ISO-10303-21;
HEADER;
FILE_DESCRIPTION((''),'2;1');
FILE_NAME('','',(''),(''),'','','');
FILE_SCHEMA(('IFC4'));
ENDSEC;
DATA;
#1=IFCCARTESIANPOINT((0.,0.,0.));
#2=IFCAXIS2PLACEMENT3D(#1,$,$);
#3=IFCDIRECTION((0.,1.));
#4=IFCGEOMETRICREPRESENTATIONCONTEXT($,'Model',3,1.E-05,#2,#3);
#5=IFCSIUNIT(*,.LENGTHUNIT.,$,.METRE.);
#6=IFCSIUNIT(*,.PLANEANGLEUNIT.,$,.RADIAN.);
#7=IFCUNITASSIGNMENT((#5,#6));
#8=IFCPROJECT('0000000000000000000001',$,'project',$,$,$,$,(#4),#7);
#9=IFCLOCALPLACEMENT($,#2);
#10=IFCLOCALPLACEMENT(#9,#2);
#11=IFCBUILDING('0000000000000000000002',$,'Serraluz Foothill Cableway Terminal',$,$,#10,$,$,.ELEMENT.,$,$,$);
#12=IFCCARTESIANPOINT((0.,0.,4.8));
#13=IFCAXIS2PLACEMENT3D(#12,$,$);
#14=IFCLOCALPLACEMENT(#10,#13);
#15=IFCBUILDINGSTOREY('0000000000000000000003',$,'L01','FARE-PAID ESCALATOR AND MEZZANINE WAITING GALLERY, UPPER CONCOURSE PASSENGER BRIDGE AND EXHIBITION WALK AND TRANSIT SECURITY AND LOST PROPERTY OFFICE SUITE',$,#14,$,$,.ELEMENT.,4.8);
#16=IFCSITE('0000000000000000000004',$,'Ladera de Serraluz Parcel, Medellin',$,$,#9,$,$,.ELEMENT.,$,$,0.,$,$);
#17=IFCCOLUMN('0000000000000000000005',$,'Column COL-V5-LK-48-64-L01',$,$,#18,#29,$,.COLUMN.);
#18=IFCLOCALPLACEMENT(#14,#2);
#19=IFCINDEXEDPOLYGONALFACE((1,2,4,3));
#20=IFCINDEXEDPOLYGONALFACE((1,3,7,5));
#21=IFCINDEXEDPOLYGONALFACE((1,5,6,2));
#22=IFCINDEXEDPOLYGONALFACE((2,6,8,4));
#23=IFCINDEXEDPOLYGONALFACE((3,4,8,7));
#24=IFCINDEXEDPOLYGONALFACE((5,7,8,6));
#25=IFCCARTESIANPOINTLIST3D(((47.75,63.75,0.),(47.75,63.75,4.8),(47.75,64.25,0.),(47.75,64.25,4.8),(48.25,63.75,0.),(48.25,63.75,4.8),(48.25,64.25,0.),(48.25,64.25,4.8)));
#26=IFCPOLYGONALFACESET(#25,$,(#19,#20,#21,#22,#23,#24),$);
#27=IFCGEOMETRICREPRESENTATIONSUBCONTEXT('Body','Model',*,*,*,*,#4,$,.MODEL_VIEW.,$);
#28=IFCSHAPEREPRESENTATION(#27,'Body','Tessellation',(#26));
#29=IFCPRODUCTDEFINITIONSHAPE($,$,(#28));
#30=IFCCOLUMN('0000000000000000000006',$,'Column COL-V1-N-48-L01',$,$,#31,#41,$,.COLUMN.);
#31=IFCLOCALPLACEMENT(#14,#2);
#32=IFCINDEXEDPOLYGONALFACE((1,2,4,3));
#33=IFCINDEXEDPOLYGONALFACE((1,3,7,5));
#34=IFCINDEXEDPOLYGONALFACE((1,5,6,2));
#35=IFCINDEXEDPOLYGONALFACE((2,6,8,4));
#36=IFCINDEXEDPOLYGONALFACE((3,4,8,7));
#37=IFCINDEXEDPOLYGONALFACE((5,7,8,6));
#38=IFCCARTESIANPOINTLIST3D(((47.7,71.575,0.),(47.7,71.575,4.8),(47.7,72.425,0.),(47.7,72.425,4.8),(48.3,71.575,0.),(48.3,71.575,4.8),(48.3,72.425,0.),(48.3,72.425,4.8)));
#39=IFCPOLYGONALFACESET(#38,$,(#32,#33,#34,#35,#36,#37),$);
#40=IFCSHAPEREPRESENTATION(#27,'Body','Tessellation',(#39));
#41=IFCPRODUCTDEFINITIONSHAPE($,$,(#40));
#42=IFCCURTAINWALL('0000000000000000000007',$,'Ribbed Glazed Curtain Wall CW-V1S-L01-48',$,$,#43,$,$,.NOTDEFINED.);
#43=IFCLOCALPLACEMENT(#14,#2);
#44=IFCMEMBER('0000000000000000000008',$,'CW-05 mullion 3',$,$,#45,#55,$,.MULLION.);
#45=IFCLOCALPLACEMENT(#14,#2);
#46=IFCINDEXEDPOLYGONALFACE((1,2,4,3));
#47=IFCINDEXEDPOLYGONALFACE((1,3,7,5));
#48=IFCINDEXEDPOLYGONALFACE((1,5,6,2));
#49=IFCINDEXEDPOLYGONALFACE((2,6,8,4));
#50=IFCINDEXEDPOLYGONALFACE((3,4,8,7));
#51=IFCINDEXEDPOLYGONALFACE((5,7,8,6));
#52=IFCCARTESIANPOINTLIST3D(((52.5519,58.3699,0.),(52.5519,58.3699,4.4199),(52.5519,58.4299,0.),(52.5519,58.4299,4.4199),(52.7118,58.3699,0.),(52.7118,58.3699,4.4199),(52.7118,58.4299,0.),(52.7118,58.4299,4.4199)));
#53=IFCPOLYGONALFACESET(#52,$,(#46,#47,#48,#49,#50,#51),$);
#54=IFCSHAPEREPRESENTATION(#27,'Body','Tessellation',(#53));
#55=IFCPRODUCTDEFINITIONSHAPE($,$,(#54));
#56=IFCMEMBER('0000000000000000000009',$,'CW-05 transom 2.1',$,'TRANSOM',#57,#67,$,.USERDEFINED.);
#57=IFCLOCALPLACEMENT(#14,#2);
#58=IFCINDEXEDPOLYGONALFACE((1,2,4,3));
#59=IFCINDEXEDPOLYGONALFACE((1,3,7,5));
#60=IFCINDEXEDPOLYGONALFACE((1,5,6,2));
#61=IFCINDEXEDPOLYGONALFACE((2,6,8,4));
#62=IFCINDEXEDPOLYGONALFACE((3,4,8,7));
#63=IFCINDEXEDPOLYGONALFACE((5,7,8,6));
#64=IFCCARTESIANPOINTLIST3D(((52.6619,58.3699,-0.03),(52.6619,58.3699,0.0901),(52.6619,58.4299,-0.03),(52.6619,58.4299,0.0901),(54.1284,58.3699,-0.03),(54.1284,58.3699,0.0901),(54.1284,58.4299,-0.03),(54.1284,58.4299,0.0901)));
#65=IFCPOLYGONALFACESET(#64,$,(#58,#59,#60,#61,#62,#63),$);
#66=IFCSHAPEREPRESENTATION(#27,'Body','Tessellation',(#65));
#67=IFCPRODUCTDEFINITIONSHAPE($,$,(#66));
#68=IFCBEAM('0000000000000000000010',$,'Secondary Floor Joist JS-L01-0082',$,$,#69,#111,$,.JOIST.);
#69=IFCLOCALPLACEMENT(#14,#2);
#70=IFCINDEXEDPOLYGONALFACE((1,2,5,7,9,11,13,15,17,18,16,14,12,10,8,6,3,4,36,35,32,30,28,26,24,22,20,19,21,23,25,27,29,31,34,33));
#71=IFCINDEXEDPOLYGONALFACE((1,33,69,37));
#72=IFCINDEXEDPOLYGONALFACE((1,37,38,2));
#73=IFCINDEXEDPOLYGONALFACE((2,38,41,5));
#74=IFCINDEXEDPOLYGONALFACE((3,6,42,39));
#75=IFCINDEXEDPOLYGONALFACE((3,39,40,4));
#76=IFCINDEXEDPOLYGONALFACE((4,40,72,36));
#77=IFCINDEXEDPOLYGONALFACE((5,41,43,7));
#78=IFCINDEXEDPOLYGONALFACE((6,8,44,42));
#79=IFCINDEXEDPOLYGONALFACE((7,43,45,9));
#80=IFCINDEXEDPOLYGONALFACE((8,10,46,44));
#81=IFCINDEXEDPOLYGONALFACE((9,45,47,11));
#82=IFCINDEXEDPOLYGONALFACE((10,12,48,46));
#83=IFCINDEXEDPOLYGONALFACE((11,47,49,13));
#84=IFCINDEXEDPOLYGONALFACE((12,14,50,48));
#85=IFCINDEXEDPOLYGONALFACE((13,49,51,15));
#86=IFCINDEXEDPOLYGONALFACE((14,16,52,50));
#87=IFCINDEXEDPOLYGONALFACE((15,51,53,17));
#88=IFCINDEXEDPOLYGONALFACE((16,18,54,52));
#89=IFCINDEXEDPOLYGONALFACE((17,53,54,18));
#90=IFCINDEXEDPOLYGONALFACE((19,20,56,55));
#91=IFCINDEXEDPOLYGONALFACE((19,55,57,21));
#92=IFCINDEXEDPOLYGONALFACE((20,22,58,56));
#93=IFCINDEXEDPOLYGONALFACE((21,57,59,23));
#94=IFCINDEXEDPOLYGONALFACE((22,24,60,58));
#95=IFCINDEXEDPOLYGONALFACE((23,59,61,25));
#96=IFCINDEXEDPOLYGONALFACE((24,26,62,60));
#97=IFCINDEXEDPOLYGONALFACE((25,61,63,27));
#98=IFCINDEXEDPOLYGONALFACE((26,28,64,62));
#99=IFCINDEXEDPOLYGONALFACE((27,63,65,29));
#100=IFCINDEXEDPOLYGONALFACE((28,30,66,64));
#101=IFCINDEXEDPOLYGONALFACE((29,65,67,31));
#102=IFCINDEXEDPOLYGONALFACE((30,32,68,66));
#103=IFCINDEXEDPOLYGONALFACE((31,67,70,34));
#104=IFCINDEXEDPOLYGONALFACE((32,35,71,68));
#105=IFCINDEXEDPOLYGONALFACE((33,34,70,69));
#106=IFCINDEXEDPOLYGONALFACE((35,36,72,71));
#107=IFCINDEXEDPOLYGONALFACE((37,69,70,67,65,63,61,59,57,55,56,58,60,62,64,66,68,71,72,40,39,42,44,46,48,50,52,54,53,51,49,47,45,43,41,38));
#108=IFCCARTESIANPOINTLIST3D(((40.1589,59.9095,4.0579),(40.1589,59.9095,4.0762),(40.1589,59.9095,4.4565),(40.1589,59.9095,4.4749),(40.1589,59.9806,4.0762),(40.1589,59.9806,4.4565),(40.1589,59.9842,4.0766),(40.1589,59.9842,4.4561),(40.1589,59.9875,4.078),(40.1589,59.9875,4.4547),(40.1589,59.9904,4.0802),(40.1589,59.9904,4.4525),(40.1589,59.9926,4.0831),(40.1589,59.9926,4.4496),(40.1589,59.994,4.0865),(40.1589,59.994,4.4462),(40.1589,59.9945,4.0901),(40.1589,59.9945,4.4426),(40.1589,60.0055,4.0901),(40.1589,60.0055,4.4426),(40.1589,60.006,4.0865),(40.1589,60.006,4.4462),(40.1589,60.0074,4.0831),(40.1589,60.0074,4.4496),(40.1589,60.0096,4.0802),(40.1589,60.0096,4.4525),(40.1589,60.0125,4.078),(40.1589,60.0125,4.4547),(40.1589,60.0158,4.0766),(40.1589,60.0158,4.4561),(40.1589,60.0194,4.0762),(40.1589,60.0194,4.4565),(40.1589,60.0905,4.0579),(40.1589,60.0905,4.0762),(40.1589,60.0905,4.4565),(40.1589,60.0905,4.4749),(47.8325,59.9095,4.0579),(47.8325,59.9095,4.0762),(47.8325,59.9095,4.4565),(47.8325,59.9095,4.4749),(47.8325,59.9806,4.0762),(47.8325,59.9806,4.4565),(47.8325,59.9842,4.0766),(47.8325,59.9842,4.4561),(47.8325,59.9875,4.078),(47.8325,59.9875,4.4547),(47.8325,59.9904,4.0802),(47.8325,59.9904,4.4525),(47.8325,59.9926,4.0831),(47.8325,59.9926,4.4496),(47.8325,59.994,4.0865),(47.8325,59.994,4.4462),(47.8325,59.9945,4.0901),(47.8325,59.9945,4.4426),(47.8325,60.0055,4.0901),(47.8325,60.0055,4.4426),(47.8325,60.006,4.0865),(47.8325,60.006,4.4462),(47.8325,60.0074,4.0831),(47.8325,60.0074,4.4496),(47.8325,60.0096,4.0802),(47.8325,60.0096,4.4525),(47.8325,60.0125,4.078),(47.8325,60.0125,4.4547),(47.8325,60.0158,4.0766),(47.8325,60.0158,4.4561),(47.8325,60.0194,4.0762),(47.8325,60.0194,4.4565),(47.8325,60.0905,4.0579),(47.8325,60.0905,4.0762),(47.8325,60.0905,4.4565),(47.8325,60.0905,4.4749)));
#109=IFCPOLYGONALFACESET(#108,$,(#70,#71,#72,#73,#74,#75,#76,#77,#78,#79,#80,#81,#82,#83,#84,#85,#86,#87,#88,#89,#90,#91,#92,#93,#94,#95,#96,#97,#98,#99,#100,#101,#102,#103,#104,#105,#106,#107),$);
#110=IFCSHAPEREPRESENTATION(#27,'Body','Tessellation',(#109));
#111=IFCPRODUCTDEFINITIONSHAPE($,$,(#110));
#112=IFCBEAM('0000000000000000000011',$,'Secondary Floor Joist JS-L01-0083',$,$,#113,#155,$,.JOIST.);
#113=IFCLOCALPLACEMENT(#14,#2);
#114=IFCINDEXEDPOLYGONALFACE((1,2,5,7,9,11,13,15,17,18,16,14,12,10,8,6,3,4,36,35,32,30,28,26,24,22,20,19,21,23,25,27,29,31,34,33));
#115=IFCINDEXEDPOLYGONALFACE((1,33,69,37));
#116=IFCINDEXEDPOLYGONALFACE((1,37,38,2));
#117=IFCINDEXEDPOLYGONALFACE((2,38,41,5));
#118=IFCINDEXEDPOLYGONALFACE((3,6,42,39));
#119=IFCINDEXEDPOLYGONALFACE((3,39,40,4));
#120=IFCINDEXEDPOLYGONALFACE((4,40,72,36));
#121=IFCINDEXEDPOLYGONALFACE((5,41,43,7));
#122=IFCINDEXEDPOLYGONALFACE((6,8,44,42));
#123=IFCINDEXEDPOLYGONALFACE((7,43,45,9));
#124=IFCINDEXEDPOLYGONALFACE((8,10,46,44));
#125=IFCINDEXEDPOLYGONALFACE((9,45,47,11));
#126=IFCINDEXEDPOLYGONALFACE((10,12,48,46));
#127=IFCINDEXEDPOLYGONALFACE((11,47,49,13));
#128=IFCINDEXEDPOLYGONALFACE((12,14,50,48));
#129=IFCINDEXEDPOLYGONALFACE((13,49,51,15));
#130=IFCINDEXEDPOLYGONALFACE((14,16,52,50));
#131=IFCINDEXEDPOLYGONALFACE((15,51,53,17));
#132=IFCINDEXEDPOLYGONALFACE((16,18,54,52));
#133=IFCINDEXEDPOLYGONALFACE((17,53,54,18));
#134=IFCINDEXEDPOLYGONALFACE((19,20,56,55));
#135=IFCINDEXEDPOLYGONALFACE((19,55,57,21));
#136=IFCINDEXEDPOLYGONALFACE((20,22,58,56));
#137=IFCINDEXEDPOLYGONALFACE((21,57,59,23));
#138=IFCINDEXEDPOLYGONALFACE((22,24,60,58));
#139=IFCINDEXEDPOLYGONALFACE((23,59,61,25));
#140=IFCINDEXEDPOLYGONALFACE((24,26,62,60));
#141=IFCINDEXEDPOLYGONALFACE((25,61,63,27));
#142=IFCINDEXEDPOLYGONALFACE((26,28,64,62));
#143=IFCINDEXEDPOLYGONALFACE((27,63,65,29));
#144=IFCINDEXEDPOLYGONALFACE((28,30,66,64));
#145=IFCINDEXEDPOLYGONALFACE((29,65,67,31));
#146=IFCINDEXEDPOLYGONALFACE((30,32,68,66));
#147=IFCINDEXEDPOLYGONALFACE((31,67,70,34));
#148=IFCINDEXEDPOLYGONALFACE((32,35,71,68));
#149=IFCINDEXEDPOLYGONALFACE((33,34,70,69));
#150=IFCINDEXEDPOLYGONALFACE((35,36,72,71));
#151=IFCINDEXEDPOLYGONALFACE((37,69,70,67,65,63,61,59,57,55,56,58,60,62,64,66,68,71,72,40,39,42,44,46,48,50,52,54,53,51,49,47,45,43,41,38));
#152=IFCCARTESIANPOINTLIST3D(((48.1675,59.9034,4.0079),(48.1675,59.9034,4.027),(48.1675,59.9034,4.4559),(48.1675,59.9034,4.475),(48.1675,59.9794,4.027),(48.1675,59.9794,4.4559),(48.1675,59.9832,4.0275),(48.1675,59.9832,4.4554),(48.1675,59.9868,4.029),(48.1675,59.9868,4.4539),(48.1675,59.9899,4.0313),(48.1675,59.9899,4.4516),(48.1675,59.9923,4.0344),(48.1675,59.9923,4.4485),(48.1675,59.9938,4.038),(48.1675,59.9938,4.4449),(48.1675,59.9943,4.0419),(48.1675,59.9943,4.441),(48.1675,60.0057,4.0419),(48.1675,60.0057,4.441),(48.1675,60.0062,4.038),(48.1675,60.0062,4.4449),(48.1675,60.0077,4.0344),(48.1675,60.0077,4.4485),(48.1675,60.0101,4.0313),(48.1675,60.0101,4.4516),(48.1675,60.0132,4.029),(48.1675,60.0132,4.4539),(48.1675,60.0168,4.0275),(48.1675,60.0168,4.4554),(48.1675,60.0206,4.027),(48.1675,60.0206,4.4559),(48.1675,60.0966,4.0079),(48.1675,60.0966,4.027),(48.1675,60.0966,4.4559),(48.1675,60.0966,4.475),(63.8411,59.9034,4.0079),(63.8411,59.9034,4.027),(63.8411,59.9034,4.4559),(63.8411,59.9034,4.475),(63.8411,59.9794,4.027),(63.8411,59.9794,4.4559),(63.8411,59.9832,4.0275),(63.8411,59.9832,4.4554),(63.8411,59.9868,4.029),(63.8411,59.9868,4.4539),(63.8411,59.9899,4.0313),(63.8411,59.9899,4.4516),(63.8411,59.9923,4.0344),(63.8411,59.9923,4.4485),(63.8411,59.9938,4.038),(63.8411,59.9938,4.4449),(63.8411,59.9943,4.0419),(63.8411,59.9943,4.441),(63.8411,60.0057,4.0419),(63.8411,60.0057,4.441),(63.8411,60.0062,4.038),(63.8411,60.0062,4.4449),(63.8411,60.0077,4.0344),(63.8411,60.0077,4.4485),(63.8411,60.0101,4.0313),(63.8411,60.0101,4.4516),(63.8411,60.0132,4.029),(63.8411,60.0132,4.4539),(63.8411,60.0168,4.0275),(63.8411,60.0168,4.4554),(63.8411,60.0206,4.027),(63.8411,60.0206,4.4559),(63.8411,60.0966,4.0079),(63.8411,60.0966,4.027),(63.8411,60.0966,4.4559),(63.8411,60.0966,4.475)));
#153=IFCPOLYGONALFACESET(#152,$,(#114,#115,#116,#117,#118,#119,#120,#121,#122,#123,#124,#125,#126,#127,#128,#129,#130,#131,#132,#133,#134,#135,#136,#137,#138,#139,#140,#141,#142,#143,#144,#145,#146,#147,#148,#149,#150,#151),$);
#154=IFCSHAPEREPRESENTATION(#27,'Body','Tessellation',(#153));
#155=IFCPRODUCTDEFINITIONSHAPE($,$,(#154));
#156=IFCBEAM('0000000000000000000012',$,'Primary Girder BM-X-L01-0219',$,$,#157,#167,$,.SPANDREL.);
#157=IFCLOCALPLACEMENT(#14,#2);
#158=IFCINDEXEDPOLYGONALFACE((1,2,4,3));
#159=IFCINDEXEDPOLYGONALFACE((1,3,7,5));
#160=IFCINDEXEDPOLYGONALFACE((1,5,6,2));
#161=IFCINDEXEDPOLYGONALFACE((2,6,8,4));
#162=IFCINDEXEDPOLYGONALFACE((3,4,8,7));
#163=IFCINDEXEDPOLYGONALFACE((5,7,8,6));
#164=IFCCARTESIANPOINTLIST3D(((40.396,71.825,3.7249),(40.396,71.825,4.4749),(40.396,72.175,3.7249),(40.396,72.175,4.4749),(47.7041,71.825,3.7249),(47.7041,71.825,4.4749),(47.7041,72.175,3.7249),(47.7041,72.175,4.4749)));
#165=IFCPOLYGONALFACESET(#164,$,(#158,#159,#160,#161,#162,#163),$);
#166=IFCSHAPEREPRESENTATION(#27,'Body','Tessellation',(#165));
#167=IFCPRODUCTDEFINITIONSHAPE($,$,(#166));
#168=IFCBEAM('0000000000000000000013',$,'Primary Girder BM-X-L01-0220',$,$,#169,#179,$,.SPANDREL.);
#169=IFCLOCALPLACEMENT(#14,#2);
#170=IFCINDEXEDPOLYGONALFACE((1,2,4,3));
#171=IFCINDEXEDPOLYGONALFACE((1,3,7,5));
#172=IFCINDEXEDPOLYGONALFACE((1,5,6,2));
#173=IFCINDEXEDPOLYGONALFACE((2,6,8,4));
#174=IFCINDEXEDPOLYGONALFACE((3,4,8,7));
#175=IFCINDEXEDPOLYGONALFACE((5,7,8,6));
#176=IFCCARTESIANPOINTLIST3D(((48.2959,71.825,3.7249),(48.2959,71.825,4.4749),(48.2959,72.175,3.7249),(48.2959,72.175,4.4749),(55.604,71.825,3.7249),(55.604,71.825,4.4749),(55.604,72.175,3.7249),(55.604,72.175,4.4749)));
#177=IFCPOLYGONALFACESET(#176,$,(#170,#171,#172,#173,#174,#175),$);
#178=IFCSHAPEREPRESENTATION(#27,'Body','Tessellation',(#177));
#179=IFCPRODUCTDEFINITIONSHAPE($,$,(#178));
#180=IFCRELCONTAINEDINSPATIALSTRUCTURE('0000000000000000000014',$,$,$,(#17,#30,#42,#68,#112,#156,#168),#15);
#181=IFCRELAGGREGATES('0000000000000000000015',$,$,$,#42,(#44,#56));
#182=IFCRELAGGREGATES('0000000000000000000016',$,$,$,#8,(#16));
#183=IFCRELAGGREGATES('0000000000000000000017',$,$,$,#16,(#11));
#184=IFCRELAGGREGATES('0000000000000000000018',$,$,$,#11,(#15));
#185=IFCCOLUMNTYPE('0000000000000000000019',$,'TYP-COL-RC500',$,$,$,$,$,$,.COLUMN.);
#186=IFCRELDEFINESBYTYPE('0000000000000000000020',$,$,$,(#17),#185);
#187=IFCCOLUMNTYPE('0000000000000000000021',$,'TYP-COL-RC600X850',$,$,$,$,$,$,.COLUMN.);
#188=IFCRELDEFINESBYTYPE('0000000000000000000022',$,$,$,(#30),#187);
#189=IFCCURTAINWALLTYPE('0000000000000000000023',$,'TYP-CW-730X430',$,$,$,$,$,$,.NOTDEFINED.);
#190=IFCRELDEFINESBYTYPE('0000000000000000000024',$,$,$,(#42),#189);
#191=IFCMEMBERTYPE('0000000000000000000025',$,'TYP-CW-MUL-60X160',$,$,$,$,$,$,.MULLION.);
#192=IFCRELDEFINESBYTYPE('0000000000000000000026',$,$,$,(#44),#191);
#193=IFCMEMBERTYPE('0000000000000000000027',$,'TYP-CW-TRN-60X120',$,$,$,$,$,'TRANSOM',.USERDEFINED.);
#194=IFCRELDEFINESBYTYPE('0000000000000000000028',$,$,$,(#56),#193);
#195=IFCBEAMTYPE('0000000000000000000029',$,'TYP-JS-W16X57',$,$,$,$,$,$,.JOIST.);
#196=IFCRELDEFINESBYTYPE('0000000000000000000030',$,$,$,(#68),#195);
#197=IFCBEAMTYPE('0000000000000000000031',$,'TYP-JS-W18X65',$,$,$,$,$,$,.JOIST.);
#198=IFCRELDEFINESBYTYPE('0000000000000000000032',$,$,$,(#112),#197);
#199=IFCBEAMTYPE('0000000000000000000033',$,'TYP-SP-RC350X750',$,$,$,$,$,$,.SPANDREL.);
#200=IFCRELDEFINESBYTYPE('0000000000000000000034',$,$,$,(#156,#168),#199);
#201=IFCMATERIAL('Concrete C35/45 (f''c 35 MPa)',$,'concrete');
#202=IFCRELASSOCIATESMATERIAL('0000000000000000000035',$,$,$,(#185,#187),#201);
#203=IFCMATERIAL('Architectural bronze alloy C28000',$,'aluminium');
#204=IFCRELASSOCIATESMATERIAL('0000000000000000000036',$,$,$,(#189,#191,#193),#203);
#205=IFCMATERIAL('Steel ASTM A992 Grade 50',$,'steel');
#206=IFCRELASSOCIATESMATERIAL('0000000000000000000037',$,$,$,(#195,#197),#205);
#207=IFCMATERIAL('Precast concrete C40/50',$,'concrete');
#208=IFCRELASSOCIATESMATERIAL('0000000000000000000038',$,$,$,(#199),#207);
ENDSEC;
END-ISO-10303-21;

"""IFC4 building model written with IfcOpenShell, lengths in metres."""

from ifc_helpers import new_model, si_unit, direction, frame, origin, origin_2d, place, context, subcontext, project, spatial, rectangle, i_section, extrude, material, material_profile, profile_set, type_object, element, aggregate, save


model = new_model("IFC4")

# Units and contexts
model_context = context("Model", 3, precision=1e-05, world=origin(), true_north=direction((0.0, 1.0)))
body_context = subcontext(model_context, "Body", "Model", "MODEL_VIEW")
ifc_project = project(units=[si_unit("LENGTHUNIT", "METRE"), si_unit("PLANEANGLEUNIT", "RADIAN")], contexts=[model_context])

# Site, building, storey
site_placement = place(None, origin())
site = spatial("IfcSite", under=ifc_project, at=site_placement, Name="Ladera de Serraluz Parcel, Medellin", CompositionType="ELEMENT", RefElevation=0.0)
building_placement = place(site_placement, origin())
building = spatial("IfcBuilding", under=site, at=building_placement, Name="Serraluz Foothill Cableway Terminal", CompositionType="ELEMENT")
storey_placement = place(building_placement, frame((0.0, 0.0, 4.8)))
storey = spatial("IfcBuildingStorey", under=building, at=storey_placement, Name="L01", Description="FARE-PAID ESCALATOR AND MEZZANINE WAITING GALLERY, UPPER CONCOURSE PASSENGER BRIDGE AND EXHIBITION WALK AND TRANSIT SECURITY AND LOST PROPERTY OFFICE SUITE", CompositionType="ELEMENT", Elevation=4.8)

# Columns
ifc_material_1 = material(Name="Concrete C35/45 (f'c 35 MPa)", Category="concrete")
ifc_material_profile_1 = material_profile(ifc_material_1, rectangle(XDim=0.5, YDim=0.5, at=origin_2d()), Name="RC 500x500")
ifc_profile_set_1 = profile_set([ifc_material_profile_1], Name="Concrete C35/45 (f'c 35 MPa)")
column_type_1 = type_object("IfcColumnType", Name="TYP-COL-RC500", PredefinedType="COLUMN", material=ifc_profile_set_1)
column_1_placement = place(storey_placement, frame((48.0, 64.0, 0.0), z_axis=(0.0, 0.0, 1.0), x_axis=(1.0, 0.0, 0.0)))
element("IfcColumn", 1, at=column_1_placement, inside=storey, type_object=column_type_1, Name="Column COL-V5-LK-48-64-L01", PredefinedType="COLUMN", context=body_context, shape_type="SweptSolid", body=[
    extrude(rectangle(XDim=0.5, YDim=0.5, at=origin_2d()), origin(), (0.0, 0.0, 1.0), 4.8),
])
ifc_material_profile_2 = material_profile(ifc_material_1, rectangle(XDim=0.6001, YDim=0.8501, at=origin_2d()), Name="RC 600x850")
ifc_profile_set_2 = profile_set([ifc_material_profile_2], Name="Concrete C35/45 (f'c 35 MPa)")
column_type_2 = type_object("IfcColumnType", Name="TYP-COL-RC600X850", PredefinedType="COLUMN", material=ifc_profile_set_2)
column_2_placement = place(storey_placement, frame((48.0, 72.0, 0.0), z_axis=(0.0, 0.0, 1.0), x_axis=(1.0, 0.0, 0.0)))
element("IfcColumn", 2, at=column_2_placement, inside=storey, type_object=column_type_2, Name="Column COL-V1-N-48-L01", PredefinedType="COLUMN", context=body_context, shape_type="SweptSolid", body=[
    extrude(rectangle(XDim=0.6001, YDim=0.8501, at=origin_2d()), origin(), (0.0, 0.0, 1.0), 4.8),
])

# Curtain wall, members
ifc_material_2 = material(Name="Architectural bronze alloy C28000", Category="aluminium")
curtain_wall_type = type_object("IfcCurtainWallType", Name="TYP-CW-730X430", PredefinedType="NOTDEFINED", material=ifc_material_2)
curtain_wall_placement = place(storey_placement, origin())
curtain_wall = element("IfcCurtainWall", 3, at=curtain_wall_placement, inside=storey, type_object=curtain_wall_type, Name="Ribbed Glazed Curtain Wall CW-V1S-L01-48", PredefinedType="NOTDEFINED")
ifc_material_profile_3 = material_profile(ifc_material_2, rectangle(XDim=0.0601, YDim=0.1599, at=origin_2d()), Name="ALU MULLION 60x160")
ifc_profile_set_3 = profile_set([ifc_material_profile_3], Name="Architectural bronze alloy C28000")
member_type_1 = type_object("IfcMemberType", Name="TYP-CW-MUL-60X160", PredefinedType="MULLION", material=ifc_profile_set_3)
member_1_placement = place(storey_placement, frame((52.6318, 58.3999, 0.0), z_axis=(0.0, 0.0, 1.0), x_axis=(0.0, -1.0, 0.0)))
member_1 = element("IfcMember", 4, at=member_1_placement, type_object=member_type_1, Name="CW-05 mullion 3", PredefinedType="MULLION", context=body_context, shape_type="SweptSolid", body=[
    extrude(rectangle(XDim=0.0601, YDim=0.1599, at=origin_2d()), origin(), (0.0, 0.0, 1.0), 4.4199),
])
ifc_material_profile_4 = material_profile(ifc_material_2, rectangle(XDim=0.0601, YDim=0.1201, at=origin_2d()), Name="ALU TRANSOM 60x120")
ifc_profile_set_4 = profile_set([ifc_material_profile_4], Name="Architectural bronze alloy C28000")
member_type_2 = type_object("IfcMemberType", Name="TYP-CW-TRN-60X120", ElementType="TRANSOM", PredefinedType="USERDEFINED", material=ifc_profile_set_4)
member_2_placement = place(storey_placement, frame((54.1284, 58.3999, 0.03), z_axis=(-1.0, 0.0, 0.0), x_axis=(0.0, -1.0, 0.0)))
member_2 = element("IfcMember", 5, at=member_2_placement, type_object=member_type_2, Name="CW-05 transom 2.1", ObjectType="TRANSOM", PredefinedType="USERDEFINED", context=body_context, shape_type="SweptSolid", body=[
    extrude(rectangle(XDim=0.0601, YDim=0.1201, at=origin_2d()), origin(), (0.0, 0.0, 1.0), 1.4666),
])

# Beams
ifc_material_3 = material(Name="Steel ASTM A992 Grade 50", Category="steel")
ifc_material_profile_5 = material_profile(ifc_material_3, i_section(OverallWidth=0.1809, OverallDepth=0.417, WebThickness=0.011, FlangeThickness=0.0183, FilletRadius=0.0139, at=origin_2d()), Name="W16X57")
ifc_profile_set_5 = profile_set([ifc_material_profile_5], Name="Steel ASTM A992 Grade 50")
beam_type_1 = type_object("IfcBeamType", Name="TYP-JS-W16X57", PredefinedType="JOIST", material=ifc_profile_set_5)
beam_1_placement = place(storey_placement, frame((40.1589, 60.0, 4.2664), z_axis=(1.0, 0.0, 0.0), x_axis=(0.0, 1.0, 0.0)))
element("IfcBeam", 6, at=beam_1_placement, inside=storey, type_object=beam_type_1, Name="Secondary Floor Joist JS-L01-0082", PredefinedType="JOIST", context=body_context, shape_type="SweptSolid", body=[
    extrude(i_section(OverallWidth=0.1809, OverallDepth=0.417, WebThickness=0.011, FlangeThickness=0.0183, FilletRadius=0.0139, at=origin_2d()), origin(), (0.0, 0.0, 1.0), 7.6736),
])
ifc_material_profile_6 = material_profile(ifc_material_3, i_section(OverallWidth=0.1931, OverallDepth=0.467, WebThickness=0.0115, FlangeThickness=0.019, FilletRadius=0.0149, at=origin_2d()), Name="W18X65")
ifc_profile_set_6 = profile_set([ifc_material_profile_6], Name="Steel ASTM A992 Grade 50")
beam_type_2 = type_object("IfcBeamType", Name="TYP-JS-W18X65", PredefinedType="JOIST", material=ifc_profile_set_6)
beam_2_placement = place(storey_placement, frame((48.1675, 60.0, 4.2415), z_axis=(1.0, 0.0, 0.0), x_axis=(0.0, 1.0, 0.0)))
element("IfcBeam", 7, at=beam_2_placement, inside=storey, type_object=beam_type_2, Name="Secondary Floor Joist JS-L01-0083", PredefinedType="JOIST", context=body_context, shape_type="SweptSolid", body=[
    extrude(i_section(OverallWidth=0.1931, OverallDepth=0.467, WebThickness=0.0115, FlangeThickness=0.019, FilletRadius=0.0149, at=origin_2d()), origin(), (0.0, 0.0, 1.0), 15.6736),
])
ifc_material_4 = material(Name="Precast concrete C40/50", Category="concrete")
ifc_material_profile_7 = material_profile(ifc_material_4, rectangle(XDim=0.3501, YDim=0.75, at=origin_2d()), Name="RC SP 350x750")
ifc_profile_set_7 = profile_set([ifc_material_profile_7], Name="Precast concrete C40/50")
beam_type_3 = type_object("IfcBeamType", Name="TYP-SP-RC350X750", PredefinedType="SPANDREL", material=ifc_profile_set_7)
for number, where, z_axis, x_axis, name in (
    (8, (40.396, 72.0, 4.0999), (1.0, 0.0, 0.0), (0.0, 1.0, 0.0), "Primary Girder BM-X-L01-0219"),
    (9, (48.2959, 72.0, 4.0999), (1.0, 0.0, 0.0), (0.0, 1.0, 0.0), "Primary Girder BM-X-L01-0220"),
):
    element("IfcBeam", number, at=place(storey_placement, frame(where, z_axis=z_axis, x_axis=x_axis)), inside=storey, type_object=beam_type_3, Name=name, PredefinedType="SPANDREL", context=body_context, shape_type="SweptSolid", body=[
        extrude(rectangle(XDim=0.3501, YDim=0.75, at=origin_2d()), origin(), (0.0, 0.0, 1.0), 7.3081),
    ])

aggregate(curtain_wall, [member_1, member_2])

save(model, "model.ifc")
